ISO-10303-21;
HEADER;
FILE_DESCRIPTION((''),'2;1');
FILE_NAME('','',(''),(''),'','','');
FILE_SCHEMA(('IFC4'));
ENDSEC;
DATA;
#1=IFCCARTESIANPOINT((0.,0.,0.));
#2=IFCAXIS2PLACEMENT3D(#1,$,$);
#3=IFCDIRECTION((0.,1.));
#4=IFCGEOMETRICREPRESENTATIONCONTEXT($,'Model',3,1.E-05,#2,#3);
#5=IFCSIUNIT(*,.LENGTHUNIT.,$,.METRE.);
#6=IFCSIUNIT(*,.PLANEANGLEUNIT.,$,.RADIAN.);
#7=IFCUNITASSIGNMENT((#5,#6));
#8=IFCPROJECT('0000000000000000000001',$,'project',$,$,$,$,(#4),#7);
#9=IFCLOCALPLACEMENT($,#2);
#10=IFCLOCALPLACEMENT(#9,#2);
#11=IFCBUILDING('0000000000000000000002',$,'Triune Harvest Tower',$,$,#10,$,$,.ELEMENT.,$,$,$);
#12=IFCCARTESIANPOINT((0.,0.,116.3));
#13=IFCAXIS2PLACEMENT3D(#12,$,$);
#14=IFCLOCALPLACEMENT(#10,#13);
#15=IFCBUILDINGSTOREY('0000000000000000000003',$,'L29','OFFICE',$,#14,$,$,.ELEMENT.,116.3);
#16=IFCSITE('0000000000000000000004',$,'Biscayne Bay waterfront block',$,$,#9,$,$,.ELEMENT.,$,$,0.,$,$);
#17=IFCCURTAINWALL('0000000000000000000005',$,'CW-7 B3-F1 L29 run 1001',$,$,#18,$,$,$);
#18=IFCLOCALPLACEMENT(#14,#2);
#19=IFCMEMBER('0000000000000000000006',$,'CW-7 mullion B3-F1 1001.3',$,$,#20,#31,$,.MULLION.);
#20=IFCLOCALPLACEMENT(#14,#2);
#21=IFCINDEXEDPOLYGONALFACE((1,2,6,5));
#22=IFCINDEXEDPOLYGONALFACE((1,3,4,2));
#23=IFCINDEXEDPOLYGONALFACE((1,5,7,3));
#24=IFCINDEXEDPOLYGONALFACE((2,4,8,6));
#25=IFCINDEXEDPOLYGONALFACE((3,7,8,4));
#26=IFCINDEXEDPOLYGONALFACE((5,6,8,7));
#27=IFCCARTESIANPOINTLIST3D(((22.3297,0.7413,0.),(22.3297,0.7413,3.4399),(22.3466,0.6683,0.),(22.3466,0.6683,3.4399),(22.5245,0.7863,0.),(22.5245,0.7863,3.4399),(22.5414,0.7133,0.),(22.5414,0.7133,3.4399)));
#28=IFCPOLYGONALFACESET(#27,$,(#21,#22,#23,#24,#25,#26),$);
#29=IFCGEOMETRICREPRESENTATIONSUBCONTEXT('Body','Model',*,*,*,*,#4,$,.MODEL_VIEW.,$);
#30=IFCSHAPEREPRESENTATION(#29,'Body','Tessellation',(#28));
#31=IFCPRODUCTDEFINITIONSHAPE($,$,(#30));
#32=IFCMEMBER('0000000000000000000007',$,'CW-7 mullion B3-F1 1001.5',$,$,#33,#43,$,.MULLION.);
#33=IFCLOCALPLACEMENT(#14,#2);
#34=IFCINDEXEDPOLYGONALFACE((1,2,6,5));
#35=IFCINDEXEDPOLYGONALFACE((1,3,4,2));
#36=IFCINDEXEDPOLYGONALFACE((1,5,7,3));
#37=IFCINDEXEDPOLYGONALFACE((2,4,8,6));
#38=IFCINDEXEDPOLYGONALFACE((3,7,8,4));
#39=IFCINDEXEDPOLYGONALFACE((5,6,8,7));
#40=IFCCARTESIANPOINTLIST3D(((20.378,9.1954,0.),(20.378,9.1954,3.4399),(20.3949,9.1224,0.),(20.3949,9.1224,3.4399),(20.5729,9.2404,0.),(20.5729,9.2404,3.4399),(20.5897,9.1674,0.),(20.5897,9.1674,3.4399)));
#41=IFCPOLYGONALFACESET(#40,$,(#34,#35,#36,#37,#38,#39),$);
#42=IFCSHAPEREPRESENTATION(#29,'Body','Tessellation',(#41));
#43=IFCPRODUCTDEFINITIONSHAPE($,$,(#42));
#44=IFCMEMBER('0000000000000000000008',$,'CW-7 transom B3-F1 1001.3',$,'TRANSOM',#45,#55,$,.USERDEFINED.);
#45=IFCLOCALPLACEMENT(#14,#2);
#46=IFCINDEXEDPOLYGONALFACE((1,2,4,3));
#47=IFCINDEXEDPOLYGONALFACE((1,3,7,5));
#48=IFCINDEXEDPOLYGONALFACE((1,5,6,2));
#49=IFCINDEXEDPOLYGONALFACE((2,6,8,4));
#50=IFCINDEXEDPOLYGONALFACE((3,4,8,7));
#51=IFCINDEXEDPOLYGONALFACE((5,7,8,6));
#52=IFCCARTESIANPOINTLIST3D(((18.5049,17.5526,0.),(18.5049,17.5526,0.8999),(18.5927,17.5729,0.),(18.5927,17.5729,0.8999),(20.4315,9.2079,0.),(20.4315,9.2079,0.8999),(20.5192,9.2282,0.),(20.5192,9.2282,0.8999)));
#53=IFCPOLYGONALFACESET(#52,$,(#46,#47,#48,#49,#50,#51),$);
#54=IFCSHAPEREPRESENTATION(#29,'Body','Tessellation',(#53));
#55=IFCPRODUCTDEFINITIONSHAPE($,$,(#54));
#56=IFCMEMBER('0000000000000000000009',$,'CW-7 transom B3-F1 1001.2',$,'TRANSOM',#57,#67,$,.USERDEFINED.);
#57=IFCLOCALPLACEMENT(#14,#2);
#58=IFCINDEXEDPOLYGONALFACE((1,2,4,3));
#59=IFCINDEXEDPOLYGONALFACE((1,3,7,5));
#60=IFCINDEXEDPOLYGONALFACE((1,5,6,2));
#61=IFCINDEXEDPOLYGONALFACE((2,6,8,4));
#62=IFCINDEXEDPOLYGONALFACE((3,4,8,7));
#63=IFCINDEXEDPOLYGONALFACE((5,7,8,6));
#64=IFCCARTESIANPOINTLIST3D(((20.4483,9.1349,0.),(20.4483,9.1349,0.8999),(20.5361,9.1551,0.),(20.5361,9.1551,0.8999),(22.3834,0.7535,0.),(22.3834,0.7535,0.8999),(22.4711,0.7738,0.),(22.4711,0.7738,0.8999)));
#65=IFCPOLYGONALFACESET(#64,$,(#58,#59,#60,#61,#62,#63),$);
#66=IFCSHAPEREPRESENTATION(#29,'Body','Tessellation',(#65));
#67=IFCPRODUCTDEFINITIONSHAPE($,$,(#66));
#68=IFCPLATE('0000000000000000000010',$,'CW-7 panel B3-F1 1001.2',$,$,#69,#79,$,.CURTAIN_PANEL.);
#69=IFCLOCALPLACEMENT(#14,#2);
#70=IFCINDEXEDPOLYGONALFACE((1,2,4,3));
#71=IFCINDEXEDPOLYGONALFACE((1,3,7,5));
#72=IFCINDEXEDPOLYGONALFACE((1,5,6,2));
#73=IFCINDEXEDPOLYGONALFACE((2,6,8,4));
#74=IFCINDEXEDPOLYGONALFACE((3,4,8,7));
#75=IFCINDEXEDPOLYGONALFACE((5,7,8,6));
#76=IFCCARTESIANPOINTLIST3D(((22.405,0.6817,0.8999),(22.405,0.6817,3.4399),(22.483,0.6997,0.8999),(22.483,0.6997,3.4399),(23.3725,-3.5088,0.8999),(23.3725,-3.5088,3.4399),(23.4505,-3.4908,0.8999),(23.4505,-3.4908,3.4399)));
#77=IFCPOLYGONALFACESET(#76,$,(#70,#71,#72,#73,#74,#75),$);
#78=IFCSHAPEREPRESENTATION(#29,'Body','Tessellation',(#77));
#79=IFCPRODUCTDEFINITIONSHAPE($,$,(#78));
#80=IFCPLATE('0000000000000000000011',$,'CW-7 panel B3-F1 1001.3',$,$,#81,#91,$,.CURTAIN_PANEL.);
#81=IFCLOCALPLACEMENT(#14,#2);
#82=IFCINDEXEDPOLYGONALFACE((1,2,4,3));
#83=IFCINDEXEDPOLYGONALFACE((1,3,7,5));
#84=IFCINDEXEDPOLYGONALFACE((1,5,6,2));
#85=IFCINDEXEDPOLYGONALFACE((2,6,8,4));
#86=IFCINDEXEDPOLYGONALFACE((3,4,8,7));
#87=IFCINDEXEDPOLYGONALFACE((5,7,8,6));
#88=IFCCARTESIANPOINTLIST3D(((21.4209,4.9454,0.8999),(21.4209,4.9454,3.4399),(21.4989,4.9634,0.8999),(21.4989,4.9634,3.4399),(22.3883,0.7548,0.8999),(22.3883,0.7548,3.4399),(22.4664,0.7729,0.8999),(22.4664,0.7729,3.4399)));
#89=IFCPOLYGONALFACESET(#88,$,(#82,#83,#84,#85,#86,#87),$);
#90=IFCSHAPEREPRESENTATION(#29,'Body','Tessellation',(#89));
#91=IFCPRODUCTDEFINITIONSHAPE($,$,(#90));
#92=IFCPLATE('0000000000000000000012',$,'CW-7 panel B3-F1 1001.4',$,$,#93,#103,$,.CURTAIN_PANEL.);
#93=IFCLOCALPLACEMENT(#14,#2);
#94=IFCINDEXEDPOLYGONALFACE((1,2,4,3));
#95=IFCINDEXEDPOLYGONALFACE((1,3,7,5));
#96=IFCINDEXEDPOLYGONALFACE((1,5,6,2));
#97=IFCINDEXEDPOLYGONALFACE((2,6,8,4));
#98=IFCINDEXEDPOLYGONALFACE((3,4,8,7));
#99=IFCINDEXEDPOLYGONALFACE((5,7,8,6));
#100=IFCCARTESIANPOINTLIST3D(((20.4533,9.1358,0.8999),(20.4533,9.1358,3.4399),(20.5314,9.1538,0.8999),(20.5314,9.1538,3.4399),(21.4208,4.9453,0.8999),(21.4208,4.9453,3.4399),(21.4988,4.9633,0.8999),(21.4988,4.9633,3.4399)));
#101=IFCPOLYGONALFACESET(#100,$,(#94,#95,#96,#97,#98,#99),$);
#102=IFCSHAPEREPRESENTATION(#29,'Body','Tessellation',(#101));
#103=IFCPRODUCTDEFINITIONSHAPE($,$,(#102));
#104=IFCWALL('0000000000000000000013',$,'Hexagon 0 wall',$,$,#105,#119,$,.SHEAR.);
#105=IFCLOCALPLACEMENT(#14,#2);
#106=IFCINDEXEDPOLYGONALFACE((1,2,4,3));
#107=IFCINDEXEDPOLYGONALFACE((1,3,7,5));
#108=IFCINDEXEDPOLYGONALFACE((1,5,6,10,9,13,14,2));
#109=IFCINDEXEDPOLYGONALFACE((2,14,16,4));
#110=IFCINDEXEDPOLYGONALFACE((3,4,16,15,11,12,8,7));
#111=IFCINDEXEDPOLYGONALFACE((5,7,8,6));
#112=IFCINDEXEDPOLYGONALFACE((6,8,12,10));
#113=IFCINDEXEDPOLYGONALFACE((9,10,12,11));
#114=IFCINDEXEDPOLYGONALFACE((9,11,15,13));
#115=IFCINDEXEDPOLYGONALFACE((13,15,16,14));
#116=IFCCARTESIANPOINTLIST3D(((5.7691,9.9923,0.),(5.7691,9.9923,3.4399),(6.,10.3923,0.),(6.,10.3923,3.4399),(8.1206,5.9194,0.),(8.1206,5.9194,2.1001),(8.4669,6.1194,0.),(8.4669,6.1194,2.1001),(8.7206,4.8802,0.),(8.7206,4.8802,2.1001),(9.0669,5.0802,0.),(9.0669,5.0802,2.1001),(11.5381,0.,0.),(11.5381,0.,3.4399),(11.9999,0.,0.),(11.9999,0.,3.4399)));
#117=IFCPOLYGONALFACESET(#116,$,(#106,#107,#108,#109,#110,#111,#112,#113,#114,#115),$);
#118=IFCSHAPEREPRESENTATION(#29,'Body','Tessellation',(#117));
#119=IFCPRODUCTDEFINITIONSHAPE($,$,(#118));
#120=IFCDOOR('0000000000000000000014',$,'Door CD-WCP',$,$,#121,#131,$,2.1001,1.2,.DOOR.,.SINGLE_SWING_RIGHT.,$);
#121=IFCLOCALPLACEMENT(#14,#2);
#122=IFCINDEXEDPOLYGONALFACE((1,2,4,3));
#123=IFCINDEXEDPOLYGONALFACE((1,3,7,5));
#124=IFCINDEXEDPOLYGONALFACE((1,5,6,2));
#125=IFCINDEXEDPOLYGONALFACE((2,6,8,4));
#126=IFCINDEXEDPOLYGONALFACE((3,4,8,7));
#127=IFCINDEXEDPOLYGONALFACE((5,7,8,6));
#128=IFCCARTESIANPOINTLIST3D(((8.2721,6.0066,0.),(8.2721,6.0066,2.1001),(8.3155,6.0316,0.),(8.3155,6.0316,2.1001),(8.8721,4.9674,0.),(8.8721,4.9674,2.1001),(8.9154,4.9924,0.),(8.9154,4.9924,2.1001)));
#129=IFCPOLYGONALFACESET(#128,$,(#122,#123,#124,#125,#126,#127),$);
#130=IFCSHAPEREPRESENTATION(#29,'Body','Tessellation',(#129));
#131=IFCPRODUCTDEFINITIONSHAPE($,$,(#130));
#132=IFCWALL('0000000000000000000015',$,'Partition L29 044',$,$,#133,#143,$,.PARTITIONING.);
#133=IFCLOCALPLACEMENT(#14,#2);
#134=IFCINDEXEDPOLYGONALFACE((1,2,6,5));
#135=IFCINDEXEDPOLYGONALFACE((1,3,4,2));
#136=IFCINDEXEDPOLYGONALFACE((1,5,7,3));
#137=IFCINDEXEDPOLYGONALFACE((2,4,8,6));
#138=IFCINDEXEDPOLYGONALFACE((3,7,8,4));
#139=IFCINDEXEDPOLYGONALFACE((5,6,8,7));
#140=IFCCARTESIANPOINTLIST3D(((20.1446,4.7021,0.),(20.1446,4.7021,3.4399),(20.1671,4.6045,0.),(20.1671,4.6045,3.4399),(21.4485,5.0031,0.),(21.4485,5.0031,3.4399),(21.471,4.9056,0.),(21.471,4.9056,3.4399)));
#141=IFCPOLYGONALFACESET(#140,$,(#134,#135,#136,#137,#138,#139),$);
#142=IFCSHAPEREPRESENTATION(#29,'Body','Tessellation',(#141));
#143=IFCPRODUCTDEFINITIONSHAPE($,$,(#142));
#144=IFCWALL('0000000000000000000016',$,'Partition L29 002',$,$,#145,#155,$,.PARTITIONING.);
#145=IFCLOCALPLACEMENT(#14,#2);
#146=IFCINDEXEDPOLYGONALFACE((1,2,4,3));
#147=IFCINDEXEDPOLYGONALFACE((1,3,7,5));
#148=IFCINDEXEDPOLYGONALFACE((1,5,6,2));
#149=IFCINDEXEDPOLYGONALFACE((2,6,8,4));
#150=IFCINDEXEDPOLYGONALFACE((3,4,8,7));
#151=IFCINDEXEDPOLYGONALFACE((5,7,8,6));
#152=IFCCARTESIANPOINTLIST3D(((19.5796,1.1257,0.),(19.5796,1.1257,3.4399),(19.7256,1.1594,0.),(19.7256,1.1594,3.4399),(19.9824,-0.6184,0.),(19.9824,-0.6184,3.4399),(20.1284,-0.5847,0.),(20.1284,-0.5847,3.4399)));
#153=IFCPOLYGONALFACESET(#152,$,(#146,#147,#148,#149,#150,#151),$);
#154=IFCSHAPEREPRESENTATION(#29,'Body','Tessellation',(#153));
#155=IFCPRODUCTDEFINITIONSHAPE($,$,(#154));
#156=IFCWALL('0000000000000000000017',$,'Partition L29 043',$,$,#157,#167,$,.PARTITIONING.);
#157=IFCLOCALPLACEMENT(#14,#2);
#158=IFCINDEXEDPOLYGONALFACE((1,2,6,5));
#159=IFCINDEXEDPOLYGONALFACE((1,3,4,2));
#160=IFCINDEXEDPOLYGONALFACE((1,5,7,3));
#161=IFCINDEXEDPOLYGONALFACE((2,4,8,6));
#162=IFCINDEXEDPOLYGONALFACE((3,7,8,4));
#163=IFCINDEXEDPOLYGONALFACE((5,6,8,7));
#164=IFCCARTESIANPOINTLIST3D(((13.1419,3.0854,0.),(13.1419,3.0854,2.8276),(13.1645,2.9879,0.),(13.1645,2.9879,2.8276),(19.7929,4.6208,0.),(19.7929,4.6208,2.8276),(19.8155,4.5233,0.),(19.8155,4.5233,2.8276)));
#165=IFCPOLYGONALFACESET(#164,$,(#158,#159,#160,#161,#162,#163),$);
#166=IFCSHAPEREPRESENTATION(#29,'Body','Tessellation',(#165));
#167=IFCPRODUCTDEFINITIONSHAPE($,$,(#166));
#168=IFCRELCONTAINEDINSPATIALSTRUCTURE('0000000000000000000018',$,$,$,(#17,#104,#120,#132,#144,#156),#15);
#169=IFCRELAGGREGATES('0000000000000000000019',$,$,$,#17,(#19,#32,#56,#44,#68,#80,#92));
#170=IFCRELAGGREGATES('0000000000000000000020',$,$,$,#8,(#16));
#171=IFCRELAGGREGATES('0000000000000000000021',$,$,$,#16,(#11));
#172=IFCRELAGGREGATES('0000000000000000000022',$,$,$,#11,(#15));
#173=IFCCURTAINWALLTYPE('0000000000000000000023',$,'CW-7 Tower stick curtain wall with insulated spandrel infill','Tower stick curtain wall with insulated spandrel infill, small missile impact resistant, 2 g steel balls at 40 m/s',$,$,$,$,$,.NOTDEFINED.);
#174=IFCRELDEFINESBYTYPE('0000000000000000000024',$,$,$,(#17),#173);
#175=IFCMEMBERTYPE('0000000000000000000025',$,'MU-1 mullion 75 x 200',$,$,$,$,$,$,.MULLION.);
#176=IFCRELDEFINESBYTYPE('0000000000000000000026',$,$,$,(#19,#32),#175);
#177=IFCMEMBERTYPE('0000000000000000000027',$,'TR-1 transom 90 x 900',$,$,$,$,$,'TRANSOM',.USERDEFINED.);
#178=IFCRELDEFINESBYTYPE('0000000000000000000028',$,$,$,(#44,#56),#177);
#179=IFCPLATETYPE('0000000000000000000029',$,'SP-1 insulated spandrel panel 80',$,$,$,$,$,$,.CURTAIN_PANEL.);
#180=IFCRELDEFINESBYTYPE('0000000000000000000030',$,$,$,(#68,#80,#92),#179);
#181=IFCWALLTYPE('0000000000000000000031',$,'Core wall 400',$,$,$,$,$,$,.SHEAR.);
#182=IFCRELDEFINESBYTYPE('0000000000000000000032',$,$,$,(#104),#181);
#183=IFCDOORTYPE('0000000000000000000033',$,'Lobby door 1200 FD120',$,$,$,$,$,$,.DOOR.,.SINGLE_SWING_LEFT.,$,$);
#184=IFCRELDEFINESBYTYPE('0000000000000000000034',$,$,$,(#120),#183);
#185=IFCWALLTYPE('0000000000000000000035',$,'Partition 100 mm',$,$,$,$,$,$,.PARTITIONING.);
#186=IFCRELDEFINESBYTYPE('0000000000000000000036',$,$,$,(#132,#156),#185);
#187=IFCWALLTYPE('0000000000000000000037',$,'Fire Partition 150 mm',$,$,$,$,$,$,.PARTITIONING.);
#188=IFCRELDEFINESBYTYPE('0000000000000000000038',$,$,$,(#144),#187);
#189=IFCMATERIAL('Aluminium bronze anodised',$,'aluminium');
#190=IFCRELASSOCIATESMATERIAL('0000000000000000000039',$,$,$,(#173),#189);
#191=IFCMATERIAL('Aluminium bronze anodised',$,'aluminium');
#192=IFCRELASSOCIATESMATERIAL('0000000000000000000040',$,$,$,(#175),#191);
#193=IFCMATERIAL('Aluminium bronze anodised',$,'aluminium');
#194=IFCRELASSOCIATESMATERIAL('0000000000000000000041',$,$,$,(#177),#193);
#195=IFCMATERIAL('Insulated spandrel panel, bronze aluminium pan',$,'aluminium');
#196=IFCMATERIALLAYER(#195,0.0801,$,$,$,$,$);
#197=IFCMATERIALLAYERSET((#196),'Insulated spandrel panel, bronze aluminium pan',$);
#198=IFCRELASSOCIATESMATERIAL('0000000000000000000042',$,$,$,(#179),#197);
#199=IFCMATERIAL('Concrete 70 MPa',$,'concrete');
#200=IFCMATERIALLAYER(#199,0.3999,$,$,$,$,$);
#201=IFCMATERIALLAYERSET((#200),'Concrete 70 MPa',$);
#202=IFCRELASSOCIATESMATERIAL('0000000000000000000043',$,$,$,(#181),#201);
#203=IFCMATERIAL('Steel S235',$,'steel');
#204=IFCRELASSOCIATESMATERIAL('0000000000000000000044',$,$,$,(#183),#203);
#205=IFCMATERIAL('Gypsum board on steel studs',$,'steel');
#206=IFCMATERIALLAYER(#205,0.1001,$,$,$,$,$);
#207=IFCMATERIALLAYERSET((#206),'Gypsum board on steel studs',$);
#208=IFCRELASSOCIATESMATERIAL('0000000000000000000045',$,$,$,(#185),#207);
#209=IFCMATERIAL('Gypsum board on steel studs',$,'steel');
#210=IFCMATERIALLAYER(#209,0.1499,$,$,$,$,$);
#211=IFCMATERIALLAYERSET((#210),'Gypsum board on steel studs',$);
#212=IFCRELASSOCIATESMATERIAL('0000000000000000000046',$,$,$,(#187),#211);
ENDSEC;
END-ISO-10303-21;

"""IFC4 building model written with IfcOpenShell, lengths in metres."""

from ifc_helpers import new_model, si_unit, direction, frame, frame_2d, origin, origin_2d, place, context, subcontext, project, spatial, polyline, rectangle, outline, extrude, source, transform, mapped, material, layer, layer_set, material_profile, profile_set, type_object, element, fill, aggregate, save


model = new_model("IFC4")

# Units and contexts
model_context = context("Model", 3, precision=1e-05, world=origin(), true_north=direction((0.0, 1.0)))
body_context = subcontext(model_context, "Body", "Model", "MODEL_VIEW")
ifc_project = project(units=[si_unit("LENGTHUNIT", "METRE"), si_unit("PLANEANGLEUNIT", "RADIAN")], contexts=[model_context])

# Site, building, storey
site_placement = place(None, origin())
site = spatial("IfcSite", under=ifc_project, at=site_placement, Name="Biscayne Bay waterfront block", CompositionType="ELEMENT", RefElevation=0.0)
building_placement = place(site_placement, origin())
building = spatial("IfcBuilding", under=site, at=building_placement, Name="Triune Harvest Tower", CompositionType="ELEMENT")
storey_placement = place(building_placement, frame((0.0, 0.0, 116.3)))
storey = spatial("IfcBuildingStorey", under=building, at=storey_placement, Name="L29", Description="OFFICE", CompositionType="ELEMENT", Elevation=116.3)

# Curtain wall, members, plates
ifc_material_1 = material(Name="Aluminium bronze anodised", Category="aluminium")
curtain_wall_type = type_object("IfcCurtainWallType", Name="CW-7 Tower stick curtain wall with insulated spandrel infill", Description="Tower stick curtain wall with insulated spandrel infill, small missile impact resistant, 2 g steel balls at 40 m/s", PredefinedType="NOTDEFINED", material=ifc_material_1)
curtain_wall_placement = place(storey_placement, origin())
curtain_wall = element("IfcCurtainWall", 1, at=curtain_wall_placement, inside=storey, type_object=curtain_wall_type, Name="CW-7 B3-F1 L29 run 1001")
ifc_material_2 = material(Name="Aluminium bronze anodised", Category="aluminium")
ifc_material_profile_1 = material_profile(ifc_material_2, rectangle(XDim=0.2, YDim=0.075, at=origin_2d()), Name="MU-1 mullion 75 x 200")
ifc_profile_set_1 = profile_set([ifc_material_profile_1], Name="Aluminium bronze anodised")
member_type_1 = type_object("IfcMemberType", Name="MU-1 mullion 75 x 200", PredefinedType="MULLION", material=ifc_profile_set_1)
shared_shape_1 = source(origin(), body_context, "Body", "SweptSolid", [
    extrude(rectangle(XDim=0.2, YDim=0.075, at=origin_2d()), origin(), (0.0, 0.0, 1.0), 3.4399),
])
member_1_placement = place(storey_placement, frame((22.4355, 0.7273, 0.0), z_axis=(0.0, 0.0, 1.0), x_axis=(-0.97437, -0.224952, 0.0)))
member_1 = element("IfcMember", 2, at=member_1_placement, type_object=member_type_1, Name="CW-7 mullion B3-F1 1001.3", PredefinedType="MULLION", context=body_context, shape_type="MappedRepresentation", body=[
    mapped(shared_shape_1, transform((0.0, 0.0, 0.0), scale=1.0)),
])
member_2_placement = place(storey_placement, frame((20.4839, 9.1814, 0.0), z_axis=(0.0, 0.0, 1.0), x_axis=(-0.97437, -0.224952, 0.0)))
member_2 = element("IfcMember", 3, at=member_2_placement, type_object=member_type_1, Name="CW-7 mullion B3-F1 1001.5", PredefinedType="MULLION", context=body_context, shape_type="MappedRepresentation", body=[
    mapped(shared_shape_1, transform((0.0, 0.0, 0.0), scale=1.0)),
])
ifc_material_3 = material(Name="Aluminium bronze anodised", Category="aluminium")
ifc_material_profile_2 = material_profile(ifc_material_3, rectangle(XDim=0.0901, YDim=0.8999, at=origin_2d()), Name="TR-1 transom 90 x 900")
ifc_profile_set_2 = profile_set([ifc_material_profile_2], Name="Aluminium bronze anodised")
member_type_2 = type_object("IfcMemberType", Name="TR-1 transom 90 x 900", ElementType="TRANSOM", PredefinedType="USERDEFINED", material=ifc_profile_set_2)
shared_shape_2 = source(origin(), body_context, "Body", "SweptSolid", [
    extrude(rectangle(XDim=0.0901, YDim=0.8999, at=origin_2d()), origin(), (0.0, 0.0, 1.0), 8.5642),
])
member_3_placement = place(storey_placement, frame((20.4753, 9.218, 0.45), z_axis=(-0.224949, 0.974371, 0.0), x_axis=(-0.974371, -0.224949, 0.0)))
member_3 = element("IfcMember", 4, at=member_3_placement, type_object=member_type_2, Name="CW-7 transom B3-F1 1001.3", ObjectType="TRANSOM", PredefinedType="USERDEFINED", context=body_context, shape_type="MappedRepresentation", body=[
    mapped(shared_shape_2, transform((0.0, 0.0, 0.0), scale=1.0)),
])
shared_shape_3 = source(origin(), body_context, "Body", "SweptSolid", [
    extrude(rectangle(XDim=0.0901, YDim=0.8999, at=origin_2d()), origin(), (0.0, 0.0, 1.0), 8.6018),
])
member_4_placement = place(storey_placement, frame((22.4272, 0.7637, 0.45), z_axis=(-0.224959, 0.974368, 0.0), x_axis=(-0.974368, -0.224959, 0.0)))
member_4 = element("IfcMember", 5, at=member_4_placement, type_object=member_type_2, Name="CW-7 transom B3-F1 1001.2", ObjectType="TRANSOM", PredefinedType="USERDEFINED", context=body_context, shape_type="MappedRepresentation", body=[
    mapped(shared_shape_3, transform((0.0, 0.0, 0.0), scale=1.0)),
])
ifc_material_4 = material(Name="Insulated spandrel panel, bronze aluminium pan", Category="aluminium")
ifc_layer_1 = layer(ifc_material_4, 0.0801)
ifc_layer_set_1 = layer_set([ifc_layer_1], Name="Insulated spandrel panel, bronze aluminium pan")
plate_type = type_object("IfcPlateType", Name="SP-1 insulated spandrel panel 80", PredefinedType="CURTAIN_PANEL", material=ifc_layer_set_1)
shared_shape_4 = source(origin(), body_context, "Body", "SweptSolid", [
    extrude(rectangle(XDim=4.3008, YDim=0.0801, at=origin_2d()), origin(), (0.0, 0.0, 1.0), 2.54),
])
plate_1_placement = place(storey_placement, frame((22.9277, -1.4045, 0.8999), z_axis=(0.0, 0.0, 1.0), x_axis=(-0.224952, 0.97437, 0.0)))
plate_1 = element("IfcPlate", 6, at=plate_1_placement, type_object=plate_type, Name="CW-7 panel B3-F1 1001.2", PredefinedType="CURTAIN_PANEL", context=body_context, shape_type="MappedRepresentation", body=[
    mapped(shared_shape_4, transform((0.0, 0.0, 0.0), scale=1.0)),
])
plate_2_placement = place(storey_placement, frame((21.9436, 2.8591, 0.8999), z_axis=(0.0, 0.0, 1.0), x_axis=(-0.224952, 0.97437, 0.0)))
plate_2 = element("IfcPlate", 7, at=plate_2_placement, type_object=plate_type, Name="CW-7 panel B3-F1 1001.3", PredefinedType="CURTAIN_PANEL", context=body_context, shape_type="MappedRepresentation", body=[
    mapped(shared_shape_4, transform((0.0, 0.0, 0.0), scale=1.0)),
])
plate_3_placement = place(storey_placement, frame((20.9761, 7.0496, 0.8999), z_axis=(0.0, 0.0, 1.0), x_axis=(-0.224952, 0.97437, 0.0)))
plate_3 = element("IfcPlate", 8, at=plate_3_placement, type_object=plate_type, Name="CW-7 panel B3-F1 1001.4", PredefinedType="CURTAIN_PANEL", context=body_context, shape_type="MappedRepresentation", body=[
    mapped(shared_shape_4, transform((0.0, 0.0, 0.0), scale=1.0)),
])
aggregate(curtain_wall, [member_1, member_2, member_4, member_3, plate_1, plate_2, plate_3])

# Wall, opening, door
ifc_material_5 = material(Name="Concrete 70 MPa", Category="concrete")
ifc_layer_2 = layer(ifc_material_5, 0.3999)
ifc_layer_set_2 = layer_set([ifc_layer_2], Name="Concrete 70 MPa")
wall_type_1 = type_object("IfcWallType", Name="Core wall 400", PredefinedType="SHEAR", material=ifc_layer_set_2)
shared_shape_5 = source(origin(), body_context, "Body", "SweptSolid", [
    extrude(outline(polyline([(-0.1155, -0.2), (11.8845, -0.2), (11.6536, 0.2), (0.1155, 0.2), (-0.1155, -0.2)])), origin(), (0.0, 0.0, 1.0), 3.4399),
])
wall_1_placement = place(storey_placement, frame((11.769, 0.0, 0.0), z_axis=(0.0, 0.0, 1.0), x_axis=(-0.499997, 0.866027, 0.0)))
wall_1 = element("IfcWall", 9, at=wall_1_placement, inside=storey, type_object=wall_type_1, Name="Hexagon 0 wall", PredefinedType="SHEAR", context=body_context, shape_type="MappedRepresentation", body=[
    mapped(shared_shape_5, transform((0.0, 0.0, 0.0), scale=1.0)),
])
opening_1_placement = place(wall_1_placement, frame((5.7505, 0.0, 0.0)))
opening_1 = element("IfcOpeningElement", 10, at=opening_1_placement, cuts=wall_1, PredefinedType="OPENING", context=body_context, shape_type="SweptSolid", body=[
    extrude(rectangle(XDim=1.2, YDim=2.1001, at=frame_2d((0.6001, 1.05))), frame((0.0, 0.21, 0.0), z_axis=(0.0, -1.0, 0.0), x_axis=(1.0, 0.0, 0.0)), (0.0, 0.0, 1.0), 0.4199),
])
ifc_material_6 = material(Name="Steel S235", Category="steel")
door_type_1 = type_object("IfcDoorType", Name="Lobby door 1200 FD120", OperationType="SINGLE_SWING_LEFT", PredefinedType="DOOR", material=ifc_material_6)
door_1_placement = place(opening_1_placement, frame((1.2, 0.0, 0.0), z_axis=(0.0, 0.0, 1.0), x_axis=(-1.0, 0.0, 0.0)))
door_1 = element("IfcDoor", 11, at=door_1_placement, inside=storey, type_object=door_type_1, Name="Door CD-WCP", OperationType="SINGLE_SWING_RIGHT", OverallHeight=2.1001, OverallWidth=1.2, PredefinedType="DOOR", context=body_context, shape_type="SweptSolid", body=[
    extrude(rectangle(XDim=1.2, YDim=2.1001, at=frame_2d((0.6001, 1.05))), frame((0.0, 0.0249, 0.0), z_axis=(0.0, -1.0, 0.0), x_axis=(1.0, 0.0, 0.0)), (0.0, 0.0, 1.0), 0.05),
])
fill(opening_1, door_1)

# Walls
ifc_material_7 = material(Name="Gypsum board on steel studs", Category="steel")
ifc_layer_3 = layer(ifc_material_7, 0.1001)
ifc_layer_set_3 = layer_set([ifc_layer_3], Name="Gypsum board on steel studs")
wall_type_2 = type_object("IfcWallType", Name="Partition 100 mm", PredefinedType="PARTITIONING", material=ifc_layer_set_3)
shared_shape_6 = source(origin(), body_context, "Body", "SweptSolid", [
    extrude(rectangle(XDim=1.3381, YDim=0.1001, at=frame_2d((0.6689, 0.0))), origin(), (0.0, 0.0, 1.0), 3.4399),
])
wall_2_placement = place(storey_placement, frame((20.156, 4.6533, 0.0), z_axis=(0.0, 0.0, 1.0), x_axis=(0.974364, 0.224979, 0.0)))
element("IfcWall", 12, at=wall_2_placement, inside=storey, type_object=wall_type_2, Name="Partition L29 044", PredefinedType="PARTITIONING", context=body_context, shape_type="MappedRepresentation", body=[
    mapped(shared_shape_6, transform((0.0, 0.0, 0.0), scale=1.0)),
])
ifc_material_8 = material(Name="Gypsum board on steel studs", Category="steel")
ifc_layer_4 = layer(ifc_material_8, 0.1499)
ifc_layer_set_4 = layer_set([ifc_layer_4], Name="Gypsum board on steel studs")
wall_type_3 = type_object("IfcWallType", Name="Fire Partition 150 mm", PredefinedType="PARTITIONING", material=ifc_layer_set_4)
shared_shape_7 = source(origin(), body_context, "Body", "SweptSolid", [
    extrude(rectangle(XDim=1.79, YDim=0.1499, at=frame_2d((0.895, 0.0))), origin(), (0.0, 0.0, 1.0), 3.4399),
])
wall_3_placement = place(storey_placement, frame((19.6526, 1.1426, 0.0), z_axis=(0.0, 0.0, 1.0), x_axis=(0.225039, -0.97435, 0.0)))
element("IfcWall", 13, at=wall_3_placement, inside=storey, type_object=wall_type_3, Name="Partition L29 002", PredefinedType="PARTITIONING", context=body_context, shape_type="MappedRepresentation", body=[
    mapped(shared_shape_7, transform((0.0, 0.0, 0.0), scale=1.0)),
])
shared_shape_8 = source(origin(), body_context, "Body", "SweptSolid", [
    extrude(rectangle(XDim=6.8259, YDim=0.1001, at=frame_2d((3.4131, 0.0))), origin(), (0.0, 0.0, 1.0), 2.8276),
])
wall_4_placement = place(storey_placement, frame((13.1531, 3.0366, 0.0), z_axis=(0.0, 0.0, 1.0), x_axis=(0.974374, 0.224933, 0.0)))
element("IfcWall", 14, at=wall_4_placement, inside=storey, type_object=wall_type_2, Name="Partition L29 043", PredefinedType="PARTITIONING", context=body_context, shape_type="MappedRepresentation", body=[
    mapped(shared_shape_8, transform((0.0, 0.0, 0.0), scale=1.0)),
])

save(model, "model.ifc")
